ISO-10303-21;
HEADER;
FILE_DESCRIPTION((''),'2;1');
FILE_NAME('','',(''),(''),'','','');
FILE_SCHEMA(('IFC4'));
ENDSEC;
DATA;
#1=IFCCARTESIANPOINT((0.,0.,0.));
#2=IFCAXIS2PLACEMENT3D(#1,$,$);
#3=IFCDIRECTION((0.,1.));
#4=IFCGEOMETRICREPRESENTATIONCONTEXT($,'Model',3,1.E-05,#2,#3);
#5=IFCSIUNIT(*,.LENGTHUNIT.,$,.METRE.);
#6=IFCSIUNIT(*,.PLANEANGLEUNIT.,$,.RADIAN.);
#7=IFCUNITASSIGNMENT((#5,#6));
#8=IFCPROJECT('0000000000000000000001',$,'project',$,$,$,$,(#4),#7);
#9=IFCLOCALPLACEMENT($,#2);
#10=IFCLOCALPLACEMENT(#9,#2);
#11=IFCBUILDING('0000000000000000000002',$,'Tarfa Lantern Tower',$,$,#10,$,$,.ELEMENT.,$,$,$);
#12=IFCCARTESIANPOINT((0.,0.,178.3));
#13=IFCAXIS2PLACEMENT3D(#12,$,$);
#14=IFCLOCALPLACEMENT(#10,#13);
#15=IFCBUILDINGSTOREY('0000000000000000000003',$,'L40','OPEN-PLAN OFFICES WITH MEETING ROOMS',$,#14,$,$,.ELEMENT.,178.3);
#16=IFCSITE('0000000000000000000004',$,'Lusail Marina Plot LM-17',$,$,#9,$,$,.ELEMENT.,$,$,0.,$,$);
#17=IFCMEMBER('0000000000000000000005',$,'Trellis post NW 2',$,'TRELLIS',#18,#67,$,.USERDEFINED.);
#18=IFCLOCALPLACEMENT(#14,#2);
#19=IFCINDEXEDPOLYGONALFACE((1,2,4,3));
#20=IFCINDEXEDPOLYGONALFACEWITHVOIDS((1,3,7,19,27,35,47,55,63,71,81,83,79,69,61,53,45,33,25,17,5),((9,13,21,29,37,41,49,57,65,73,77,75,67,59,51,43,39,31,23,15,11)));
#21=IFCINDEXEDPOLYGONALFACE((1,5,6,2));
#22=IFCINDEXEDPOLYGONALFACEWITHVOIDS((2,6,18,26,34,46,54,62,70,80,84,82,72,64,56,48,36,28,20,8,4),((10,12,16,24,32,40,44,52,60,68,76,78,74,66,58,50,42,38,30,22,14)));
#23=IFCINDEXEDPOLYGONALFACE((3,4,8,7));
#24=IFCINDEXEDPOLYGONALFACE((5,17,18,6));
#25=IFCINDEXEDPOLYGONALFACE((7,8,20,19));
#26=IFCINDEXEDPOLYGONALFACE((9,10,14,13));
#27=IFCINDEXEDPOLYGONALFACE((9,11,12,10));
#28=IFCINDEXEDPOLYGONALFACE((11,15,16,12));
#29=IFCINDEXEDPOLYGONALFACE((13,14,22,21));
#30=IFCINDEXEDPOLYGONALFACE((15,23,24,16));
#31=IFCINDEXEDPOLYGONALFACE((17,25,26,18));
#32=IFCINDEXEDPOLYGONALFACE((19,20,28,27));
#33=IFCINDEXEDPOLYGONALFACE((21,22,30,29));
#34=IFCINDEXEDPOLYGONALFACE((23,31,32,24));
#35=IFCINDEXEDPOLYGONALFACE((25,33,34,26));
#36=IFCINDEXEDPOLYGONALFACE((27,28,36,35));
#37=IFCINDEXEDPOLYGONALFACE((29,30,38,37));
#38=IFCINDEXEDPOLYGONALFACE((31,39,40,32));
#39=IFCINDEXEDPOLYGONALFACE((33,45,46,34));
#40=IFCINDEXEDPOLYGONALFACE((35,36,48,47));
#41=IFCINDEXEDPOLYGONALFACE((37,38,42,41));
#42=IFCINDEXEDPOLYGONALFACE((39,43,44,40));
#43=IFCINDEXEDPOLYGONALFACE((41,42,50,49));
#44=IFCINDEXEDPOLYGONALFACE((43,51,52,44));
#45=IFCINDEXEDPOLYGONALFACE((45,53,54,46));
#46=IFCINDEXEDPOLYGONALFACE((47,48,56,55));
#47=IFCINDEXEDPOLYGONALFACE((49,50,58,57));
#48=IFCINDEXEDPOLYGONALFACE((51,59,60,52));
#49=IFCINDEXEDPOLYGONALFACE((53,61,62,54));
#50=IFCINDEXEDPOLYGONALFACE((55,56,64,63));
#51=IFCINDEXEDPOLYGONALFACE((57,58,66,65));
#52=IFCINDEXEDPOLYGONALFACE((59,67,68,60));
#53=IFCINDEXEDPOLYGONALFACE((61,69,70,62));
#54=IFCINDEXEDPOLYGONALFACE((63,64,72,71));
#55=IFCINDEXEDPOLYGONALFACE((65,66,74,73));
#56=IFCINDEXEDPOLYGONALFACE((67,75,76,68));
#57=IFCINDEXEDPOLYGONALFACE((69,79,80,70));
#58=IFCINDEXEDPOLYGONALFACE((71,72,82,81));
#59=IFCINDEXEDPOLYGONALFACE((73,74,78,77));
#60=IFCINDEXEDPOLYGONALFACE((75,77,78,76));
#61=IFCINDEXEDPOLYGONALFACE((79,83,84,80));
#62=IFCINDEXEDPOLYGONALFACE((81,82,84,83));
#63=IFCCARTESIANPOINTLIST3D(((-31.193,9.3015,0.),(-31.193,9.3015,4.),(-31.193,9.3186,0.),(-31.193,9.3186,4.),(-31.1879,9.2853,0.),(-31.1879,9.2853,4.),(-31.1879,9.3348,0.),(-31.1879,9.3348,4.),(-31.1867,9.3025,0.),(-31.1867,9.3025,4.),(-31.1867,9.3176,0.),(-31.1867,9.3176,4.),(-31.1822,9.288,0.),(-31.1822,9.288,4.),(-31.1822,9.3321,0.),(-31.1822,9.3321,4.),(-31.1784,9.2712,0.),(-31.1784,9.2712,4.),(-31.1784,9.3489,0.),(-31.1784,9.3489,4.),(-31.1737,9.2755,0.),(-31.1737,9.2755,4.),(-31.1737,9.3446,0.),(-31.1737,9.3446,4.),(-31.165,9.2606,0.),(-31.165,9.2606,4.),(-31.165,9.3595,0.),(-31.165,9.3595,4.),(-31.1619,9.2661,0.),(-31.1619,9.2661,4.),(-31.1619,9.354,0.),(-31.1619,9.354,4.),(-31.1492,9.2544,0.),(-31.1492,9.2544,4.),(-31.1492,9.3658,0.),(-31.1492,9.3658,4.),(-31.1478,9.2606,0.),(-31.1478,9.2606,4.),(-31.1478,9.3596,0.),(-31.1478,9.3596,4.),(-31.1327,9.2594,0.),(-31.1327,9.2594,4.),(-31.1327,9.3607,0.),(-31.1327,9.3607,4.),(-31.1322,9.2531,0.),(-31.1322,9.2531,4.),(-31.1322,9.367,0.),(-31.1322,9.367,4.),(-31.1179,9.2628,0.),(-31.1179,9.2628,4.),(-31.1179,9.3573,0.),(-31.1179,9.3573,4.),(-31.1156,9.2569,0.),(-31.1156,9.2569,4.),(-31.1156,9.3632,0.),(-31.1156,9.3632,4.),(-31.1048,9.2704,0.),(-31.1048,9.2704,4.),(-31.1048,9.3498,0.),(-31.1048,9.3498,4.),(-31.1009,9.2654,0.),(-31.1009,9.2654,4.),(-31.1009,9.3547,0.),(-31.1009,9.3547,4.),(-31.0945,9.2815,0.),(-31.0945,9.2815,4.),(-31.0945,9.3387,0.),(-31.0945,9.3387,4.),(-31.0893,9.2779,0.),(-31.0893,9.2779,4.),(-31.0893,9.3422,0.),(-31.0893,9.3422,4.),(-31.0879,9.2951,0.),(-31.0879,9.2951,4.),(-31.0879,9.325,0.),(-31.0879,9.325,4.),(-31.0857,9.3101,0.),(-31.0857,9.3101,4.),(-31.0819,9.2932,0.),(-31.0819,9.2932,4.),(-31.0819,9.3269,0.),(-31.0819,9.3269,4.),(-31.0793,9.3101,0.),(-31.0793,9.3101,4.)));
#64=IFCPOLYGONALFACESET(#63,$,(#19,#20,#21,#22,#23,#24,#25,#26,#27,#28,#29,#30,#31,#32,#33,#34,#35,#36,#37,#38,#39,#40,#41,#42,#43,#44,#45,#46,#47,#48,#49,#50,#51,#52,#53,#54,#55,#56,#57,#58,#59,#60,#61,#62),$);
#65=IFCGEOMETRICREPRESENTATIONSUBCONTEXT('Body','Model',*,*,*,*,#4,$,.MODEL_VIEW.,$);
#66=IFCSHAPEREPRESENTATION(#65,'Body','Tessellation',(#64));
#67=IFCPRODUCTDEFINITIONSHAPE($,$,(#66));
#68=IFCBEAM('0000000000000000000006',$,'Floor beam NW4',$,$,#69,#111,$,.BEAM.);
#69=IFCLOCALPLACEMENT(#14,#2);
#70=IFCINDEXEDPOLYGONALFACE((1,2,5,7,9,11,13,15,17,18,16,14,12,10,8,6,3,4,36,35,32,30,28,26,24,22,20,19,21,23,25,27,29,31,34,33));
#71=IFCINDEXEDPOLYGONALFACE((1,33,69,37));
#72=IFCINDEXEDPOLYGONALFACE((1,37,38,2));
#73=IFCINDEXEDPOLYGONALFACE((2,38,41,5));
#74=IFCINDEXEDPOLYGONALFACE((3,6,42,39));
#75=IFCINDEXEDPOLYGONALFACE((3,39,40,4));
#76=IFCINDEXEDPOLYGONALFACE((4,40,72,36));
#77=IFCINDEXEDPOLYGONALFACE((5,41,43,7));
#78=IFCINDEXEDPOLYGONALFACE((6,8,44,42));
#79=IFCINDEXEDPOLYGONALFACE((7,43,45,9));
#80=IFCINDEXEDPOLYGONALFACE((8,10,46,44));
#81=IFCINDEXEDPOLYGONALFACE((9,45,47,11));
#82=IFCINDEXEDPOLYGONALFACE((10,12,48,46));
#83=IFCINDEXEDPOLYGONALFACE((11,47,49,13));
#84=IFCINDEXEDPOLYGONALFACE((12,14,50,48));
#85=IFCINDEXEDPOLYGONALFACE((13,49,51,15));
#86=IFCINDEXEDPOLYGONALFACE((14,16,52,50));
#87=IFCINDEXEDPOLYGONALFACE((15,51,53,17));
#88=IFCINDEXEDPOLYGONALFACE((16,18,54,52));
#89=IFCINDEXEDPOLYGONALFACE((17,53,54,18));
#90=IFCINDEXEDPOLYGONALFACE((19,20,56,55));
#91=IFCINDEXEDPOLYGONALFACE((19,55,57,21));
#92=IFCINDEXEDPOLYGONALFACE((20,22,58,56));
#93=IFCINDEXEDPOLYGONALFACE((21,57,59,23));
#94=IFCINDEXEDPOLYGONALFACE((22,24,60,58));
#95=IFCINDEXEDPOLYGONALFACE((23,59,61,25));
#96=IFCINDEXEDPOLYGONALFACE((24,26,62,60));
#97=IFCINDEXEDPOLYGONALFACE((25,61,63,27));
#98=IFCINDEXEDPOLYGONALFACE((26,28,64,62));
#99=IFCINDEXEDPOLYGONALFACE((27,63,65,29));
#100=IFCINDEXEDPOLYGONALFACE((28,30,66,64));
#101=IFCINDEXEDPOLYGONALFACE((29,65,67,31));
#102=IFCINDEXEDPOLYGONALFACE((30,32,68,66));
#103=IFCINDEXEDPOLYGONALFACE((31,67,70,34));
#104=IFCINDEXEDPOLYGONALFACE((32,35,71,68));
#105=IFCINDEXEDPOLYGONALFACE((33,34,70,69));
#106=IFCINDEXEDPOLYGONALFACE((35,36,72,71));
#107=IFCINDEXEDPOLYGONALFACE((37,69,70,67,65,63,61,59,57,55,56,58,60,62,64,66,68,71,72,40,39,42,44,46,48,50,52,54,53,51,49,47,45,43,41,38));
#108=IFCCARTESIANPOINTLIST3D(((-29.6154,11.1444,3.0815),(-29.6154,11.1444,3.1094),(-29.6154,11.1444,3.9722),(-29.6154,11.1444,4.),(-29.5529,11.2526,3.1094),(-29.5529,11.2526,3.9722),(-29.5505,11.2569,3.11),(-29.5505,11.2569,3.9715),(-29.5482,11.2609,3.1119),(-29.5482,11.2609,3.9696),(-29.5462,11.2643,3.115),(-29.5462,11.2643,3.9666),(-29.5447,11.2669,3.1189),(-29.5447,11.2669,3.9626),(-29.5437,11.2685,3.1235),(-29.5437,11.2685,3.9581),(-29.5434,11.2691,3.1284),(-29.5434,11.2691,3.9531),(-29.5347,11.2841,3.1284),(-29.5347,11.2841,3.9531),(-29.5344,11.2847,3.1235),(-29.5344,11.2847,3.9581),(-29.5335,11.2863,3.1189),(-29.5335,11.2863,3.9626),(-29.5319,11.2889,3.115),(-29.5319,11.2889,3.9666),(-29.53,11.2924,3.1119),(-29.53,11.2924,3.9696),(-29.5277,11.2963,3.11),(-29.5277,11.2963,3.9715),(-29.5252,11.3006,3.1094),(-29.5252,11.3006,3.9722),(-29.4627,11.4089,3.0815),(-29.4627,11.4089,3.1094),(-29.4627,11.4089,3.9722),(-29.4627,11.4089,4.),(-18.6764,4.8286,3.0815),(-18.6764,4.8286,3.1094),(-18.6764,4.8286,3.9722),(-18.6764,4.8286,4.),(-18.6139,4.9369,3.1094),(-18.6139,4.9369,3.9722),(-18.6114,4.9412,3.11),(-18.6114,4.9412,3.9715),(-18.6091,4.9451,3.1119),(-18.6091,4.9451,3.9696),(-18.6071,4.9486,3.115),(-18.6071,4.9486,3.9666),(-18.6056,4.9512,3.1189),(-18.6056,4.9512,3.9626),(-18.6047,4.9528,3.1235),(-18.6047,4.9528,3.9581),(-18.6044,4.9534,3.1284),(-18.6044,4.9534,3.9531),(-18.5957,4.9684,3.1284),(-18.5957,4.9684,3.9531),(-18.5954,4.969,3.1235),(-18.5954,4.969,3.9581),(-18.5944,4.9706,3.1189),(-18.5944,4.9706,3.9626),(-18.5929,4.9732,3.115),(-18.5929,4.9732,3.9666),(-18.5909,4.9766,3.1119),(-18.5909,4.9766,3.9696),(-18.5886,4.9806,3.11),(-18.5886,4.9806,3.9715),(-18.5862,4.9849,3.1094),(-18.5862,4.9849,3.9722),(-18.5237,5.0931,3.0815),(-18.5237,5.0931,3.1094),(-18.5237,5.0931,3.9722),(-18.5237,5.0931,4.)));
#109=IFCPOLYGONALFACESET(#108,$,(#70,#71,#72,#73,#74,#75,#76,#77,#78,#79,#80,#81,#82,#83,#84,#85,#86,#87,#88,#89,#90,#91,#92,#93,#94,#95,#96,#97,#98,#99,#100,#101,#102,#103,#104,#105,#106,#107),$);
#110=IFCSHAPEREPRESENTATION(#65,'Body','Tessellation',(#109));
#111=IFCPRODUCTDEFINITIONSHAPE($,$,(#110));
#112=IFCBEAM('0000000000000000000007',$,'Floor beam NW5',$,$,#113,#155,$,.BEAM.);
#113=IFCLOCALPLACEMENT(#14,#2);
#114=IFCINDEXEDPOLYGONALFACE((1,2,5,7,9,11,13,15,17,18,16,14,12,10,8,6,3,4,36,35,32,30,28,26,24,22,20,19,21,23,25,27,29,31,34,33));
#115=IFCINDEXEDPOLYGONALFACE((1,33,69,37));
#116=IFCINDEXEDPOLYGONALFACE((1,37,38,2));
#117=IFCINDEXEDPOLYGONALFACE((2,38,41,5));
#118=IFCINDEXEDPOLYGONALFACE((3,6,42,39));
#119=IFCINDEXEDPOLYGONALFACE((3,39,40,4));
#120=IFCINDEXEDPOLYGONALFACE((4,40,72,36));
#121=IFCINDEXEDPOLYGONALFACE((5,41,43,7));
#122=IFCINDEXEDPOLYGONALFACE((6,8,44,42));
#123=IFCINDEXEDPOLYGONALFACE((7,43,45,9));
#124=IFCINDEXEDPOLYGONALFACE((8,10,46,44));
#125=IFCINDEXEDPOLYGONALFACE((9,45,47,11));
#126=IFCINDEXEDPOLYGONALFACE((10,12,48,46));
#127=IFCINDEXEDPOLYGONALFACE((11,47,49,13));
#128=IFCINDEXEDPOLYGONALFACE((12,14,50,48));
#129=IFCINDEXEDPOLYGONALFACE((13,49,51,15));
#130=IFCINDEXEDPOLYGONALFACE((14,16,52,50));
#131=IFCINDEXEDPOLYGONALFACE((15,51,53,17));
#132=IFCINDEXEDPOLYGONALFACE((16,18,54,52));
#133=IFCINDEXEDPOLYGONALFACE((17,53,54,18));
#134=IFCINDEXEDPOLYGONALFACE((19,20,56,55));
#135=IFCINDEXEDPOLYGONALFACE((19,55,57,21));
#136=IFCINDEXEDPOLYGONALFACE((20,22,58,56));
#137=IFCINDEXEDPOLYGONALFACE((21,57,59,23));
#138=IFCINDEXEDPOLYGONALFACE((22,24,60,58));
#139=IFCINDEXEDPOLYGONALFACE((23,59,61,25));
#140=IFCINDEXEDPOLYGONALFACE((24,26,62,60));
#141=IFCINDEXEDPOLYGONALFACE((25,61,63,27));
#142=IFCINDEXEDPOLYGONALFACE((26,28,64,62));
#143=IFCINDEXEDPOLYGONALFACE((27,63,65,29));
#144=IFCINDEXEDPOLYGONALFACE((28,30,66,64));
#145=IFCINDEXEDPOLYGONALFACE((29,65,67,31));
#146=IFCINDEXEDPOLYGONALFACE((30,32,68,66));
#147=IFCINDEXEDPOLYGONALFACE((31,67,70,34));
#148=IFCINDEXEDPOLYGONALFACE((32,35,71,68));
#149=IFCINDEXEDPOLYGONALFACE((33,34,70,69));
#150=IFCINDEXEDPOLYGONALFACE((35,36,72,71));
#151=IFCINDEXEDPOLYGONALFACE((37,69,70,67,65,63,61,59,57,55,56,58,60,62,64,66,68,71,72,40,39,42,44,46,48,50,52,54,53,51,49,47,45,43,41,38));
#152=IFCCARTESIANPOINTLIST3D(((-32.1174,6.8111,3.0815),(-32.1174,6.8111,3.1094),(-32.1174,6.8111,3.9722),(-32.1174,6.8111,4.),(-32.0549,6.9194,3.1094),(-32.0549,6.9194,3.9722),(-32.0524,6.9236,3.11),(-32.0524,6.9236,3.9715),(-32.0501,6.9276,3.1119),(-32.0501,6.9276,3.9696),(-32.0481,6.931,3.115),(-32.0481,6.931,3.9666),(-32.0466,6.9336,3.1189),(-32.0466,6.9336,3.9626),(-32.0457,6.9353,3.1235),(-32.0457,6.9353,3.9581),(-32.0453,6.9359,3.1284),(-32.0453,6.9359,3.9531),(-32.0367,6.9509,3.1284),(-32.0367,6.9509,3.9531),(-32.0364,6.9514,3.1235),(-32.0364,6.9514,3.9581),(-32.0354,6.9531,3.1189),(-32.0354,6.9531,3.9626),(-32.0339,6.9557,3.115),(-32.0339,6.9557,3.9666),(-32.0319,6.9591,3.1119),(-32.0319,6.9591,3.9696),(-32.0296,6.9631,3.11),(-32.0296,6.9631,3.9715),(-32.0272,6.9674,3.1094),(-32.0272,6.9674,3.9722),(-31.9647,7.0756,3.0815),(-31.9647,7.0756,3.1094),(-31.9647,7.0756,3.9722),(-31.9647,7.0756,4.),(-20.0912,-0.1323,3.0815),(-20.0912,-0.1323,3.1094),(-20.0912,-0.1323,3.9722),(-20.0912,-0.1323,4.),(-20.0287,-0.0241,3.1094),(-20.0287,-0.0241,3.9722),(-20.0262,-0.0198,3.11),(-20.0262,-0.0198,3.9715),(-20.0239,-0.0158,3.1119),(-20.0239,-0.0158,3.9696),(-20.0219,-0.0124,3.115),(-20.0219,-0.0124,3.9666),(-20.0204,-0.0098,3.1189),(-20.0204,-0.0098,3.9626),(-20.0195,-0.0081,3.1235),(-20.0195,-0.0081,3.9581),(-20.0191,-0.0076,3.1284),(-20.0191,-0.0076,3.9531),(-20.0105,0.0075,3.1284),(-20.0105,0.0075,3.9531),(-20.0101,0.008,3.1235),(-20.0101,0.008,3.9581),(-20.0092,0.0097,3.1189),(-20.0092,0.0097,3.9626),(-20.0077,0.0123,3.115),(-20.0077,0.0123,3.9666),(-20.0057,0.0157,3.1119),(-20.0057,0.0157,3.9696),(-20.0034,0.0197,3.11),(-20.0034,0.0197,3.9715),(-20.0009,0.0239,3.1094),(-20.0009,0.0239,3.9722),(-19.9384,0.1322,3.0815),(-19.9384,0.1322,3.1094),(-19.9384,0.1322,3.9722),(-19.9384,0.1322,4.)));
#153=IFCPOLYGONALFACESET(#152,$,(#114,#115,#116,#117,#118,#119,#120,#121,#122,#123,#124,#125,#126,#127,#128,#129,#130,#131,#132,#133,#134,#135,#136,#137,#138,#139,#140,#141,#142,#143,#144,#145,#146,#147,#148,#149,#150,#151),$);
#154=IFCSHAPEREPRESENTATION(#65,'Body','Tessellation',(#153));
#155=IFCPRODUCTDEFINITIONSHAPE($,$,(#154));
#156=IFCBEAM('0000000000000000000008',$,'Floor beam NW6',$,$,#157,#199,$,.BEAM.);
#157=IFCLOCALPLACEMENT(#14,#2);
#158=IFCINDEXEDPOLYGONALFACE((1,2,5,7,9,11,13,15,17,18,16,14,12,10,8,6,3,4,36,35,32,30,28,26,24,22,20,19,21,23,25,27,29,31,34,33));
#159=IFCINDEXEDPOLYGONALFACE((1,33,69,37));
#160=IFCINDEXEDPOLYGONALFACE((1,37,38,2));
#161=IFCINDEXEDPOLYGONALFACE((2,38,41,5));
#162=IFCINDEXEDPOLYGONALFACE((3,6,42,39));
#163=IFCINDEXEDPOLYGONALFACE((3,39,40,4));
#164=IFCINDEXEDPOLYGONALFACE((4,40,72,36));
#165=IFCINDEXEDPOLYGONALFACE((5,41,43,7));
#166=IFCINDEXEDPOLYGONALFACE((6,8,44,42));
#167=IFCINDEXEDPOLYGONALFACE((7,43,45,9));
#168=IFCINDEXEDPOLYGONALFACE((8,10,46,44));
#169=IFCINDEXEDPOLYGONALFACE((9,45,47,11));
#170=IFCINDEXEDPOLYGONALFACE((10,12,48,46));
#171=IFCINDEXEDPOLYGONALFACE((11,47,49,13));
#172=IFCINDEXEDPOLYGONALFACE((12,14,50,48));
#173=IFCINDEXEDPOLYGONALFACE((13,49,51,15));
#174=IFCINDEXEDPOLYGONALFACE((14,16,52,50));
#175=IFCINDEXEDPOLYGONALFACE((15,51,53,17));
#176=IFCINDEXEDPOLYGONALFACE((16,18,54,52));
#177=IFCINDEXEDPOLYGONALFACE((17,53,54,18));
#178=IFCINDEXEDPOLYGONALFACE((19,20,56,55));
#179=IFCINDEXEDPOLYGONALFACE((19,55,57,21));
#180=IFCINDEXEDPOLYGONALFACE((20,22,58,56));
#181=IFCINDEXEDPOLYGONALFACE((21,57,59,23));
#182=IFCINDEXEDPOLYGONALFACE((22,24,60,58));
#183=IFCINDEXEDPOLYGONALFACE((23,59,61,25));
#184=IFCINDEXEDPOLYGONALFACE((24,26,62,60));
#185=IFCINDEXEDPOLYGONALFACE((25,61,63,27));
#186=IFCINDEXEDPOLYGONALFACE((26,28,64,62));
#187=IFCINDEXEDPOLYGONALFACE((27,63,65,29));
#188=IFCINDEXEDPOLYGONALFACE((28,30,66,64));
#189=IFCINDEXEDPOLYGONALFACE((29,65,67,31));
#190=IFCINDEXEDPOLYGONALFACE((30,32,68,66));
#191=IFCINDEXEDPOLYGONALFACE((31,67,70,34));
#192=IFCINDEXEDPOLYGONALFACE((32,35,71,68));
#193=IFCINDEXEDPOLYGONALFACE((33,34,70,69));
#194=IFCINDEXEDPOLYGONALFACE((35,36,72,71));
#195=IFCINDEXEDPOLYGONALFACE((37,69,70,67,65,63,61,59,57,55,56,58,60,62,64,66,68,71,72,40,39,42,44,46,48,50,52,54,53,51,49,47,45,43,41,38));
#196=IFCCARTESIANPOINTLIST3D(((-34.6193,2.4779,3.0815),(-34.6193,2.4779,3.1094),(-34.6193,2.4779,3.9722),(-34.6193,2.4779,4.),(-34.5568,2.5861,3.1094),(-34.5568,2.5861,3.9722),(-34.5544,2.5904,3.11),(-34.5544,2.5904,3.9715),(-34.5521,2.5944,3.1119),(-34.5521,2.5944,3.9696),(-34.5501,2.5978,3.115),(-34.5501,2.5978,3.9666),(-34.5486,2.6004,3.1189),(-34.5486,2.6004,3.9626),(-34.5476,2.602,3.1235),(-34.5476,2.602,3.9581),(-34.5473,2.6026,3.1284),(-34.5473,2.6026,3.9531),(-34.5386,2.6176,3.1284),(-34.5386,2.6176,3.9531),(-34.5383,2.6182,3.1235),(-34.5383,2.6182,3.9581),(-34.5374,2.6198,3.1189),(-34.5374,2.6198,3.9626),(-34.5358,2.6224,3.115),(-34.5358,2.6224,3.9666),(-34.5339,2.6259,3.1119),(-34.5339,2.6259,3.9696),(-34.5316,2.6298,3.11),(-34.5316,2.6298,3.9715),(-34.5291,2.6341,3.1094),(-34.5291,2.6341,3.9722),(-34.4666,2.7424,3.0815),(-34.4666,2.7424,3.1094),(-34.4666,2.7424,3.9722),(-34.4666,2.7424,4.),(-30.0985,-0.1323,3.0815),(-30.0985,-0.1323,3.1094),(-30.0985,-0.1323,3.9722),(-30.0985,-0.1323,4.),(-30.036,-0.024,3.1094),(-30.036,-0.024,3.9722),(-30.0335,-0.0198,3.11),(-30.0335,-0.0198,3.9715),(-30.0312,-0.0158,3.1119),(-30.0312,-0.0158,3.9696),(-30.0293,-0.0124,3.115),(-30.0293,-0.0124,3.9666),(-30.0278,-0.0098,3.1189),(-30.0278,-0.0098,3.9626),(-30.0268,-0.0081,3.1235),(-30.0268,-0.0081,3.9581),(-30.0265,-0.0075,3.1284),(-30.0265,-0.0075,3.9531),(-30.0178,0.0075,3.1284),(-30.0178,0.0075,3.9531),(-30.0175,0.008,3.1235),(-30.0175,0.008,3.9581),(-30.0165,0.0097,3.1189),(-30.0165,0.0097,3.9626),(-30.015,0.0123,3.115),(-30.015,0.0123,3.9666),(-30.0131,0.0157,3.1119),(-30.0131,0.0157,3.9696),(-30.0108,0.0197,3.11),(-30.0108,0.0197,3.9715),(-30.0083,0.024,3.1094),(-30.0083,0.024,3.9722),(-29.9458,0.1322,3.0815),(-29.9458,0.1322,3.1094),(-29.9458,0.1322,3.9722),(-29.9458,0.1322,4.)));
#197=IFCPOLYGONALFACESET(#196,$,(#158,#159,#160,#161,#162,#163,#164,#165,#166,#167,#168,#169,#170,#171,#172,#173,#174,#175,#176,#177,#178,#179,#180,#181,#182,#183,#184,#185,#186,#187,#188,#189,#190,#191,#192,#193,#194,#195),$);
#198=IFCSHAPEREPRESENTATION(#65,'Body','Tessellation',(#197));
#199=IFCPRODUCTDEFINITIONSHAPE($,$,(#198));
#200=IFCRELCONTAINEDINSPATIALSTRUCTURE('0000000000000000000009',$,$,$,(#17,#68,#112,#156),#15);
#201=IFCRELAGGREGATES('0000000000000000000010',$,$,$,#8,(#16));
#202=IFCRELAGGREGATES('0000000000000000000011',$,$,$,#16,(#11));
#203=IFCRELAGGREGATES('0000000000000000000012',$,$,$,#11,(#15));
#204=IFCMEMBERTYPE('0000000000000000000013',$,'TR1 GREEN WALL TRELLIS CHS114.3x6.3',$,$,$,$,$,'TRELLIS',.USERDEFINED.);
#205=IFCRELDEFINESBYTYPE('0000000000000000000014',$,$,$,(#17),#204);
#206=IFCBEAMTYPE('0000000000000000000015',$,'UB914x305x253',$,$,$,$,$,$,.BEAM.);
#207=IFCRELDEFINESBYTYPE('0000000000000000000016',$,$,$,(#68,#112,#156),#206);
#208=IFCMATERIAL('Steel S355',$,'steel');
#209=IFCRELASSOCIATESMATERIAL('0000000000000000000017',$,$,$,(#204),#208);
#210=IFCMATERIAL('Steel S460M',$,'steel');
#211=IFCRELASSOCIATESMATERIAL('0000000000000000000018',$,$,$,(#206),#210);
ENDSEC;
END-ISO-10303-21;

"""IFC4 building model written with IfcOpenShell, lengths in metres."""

from ifc_helpers import new_model, si_unit, direction, frame, origin, origin_2d, place, context, subcontext, project, spatial, hollow_circle, i_section, extrude, material, material_profile, profile_set, type_object, element, save


model = new_model("IFC4")

# Units and contexts
model_context = context("Model", 3, precision=1e-05, world=origin(), true_north=direction((0.0, 1.0)))
body_context = subcontext(model_context, "Body", "Model", "MODEL_VIEW")
ifc_project = project(units=[si_unit("LENGTHUNIT", "METRE"), si_unit("PLANEANGLEUNIT", "RADIAN")], contexts=[model_context])

# Site, building, storey
site_placement = place(None, origin())
site = spatial("IfcSite", under=ifc_project, at=site_placement, Name="Lusail Marina Plot LM-17", CompositionType="ELEMENT", RefElevation=0.0)
building_placement = place(site_placement, origin())
building = spatial("IfcBuilding", under=site, at=building_placement, Name="Tarfa Lantern Tower", CompositionType="ELEMENT")
storey_placement = place(building_placement, frame((0.0, 0.0, 178.3)))
storey = spatial("IfcBuildingStorey", under=building, at=storey_placement, Name="L40", Description="OPEN-PLAN OFFICES WITH MEETING ROOMS", CompositionType="ELEMENT", Elevation=178.3)

# Member
ifc_material_1 = material(Name="Steel S355", Category="steel")
ifc_material_profile_1 = material_profile(ifc_material_1, hollow_circle(Radius=0.0571, WallThickness=0.0063, at=origin_2d()), Name="CHS114.3x6.3")
ifc_profile_set_1 = profile_set([ifc_material_profile_1], Name="Steel S355")
member_type_1 = type_object("IfcMemberType", Name="TR1 GREEN WALL TRELLIS CHS114.3x6.3", ElementType="TRELLIS", PredefinedType="USERDEFINED", material=ifc_profile_set_1)
member_1_placement = place(storey_placement, frame((-31.1365, 9.3101, 0.0), z_axis=(0.0, 0.0, 1.0), x_axis=(1.0, 0.0, 0.0)))
element("IfcMember", 1, at=member_1_placement, inside=storey, type_object=member_type_1, Name="Trellis post NW 2", ObjectType="TRELLIS", PredefinedType="USERDEFINED", context=body_context, shape_type="SweptSolid", body=[
    extrude(hollow_circle(Radius=0.0571, WallThickness=0.0063, at=origin_2d()), origin(), (0.0, 0.0, 1.0), 4.0),
])

# Beams
ifc_material_2 = material(Name="Steel S460M", Category="steel")
ifc_material_profile_2 = material_profile(ifc_material_2, i_section(OverallWidth=0.3054, OverallDepth=0.9185, WebThickness=0.0173, FlangeThickness=0.0278, FilletRadius=0.019, at=origin_2d()), Name="UB914x305x253")
ifc_profile_set_2 = profile_set([ifc_material_profile_2], Name="Steel S460M")
beam_type_1 = type_object("IfcBeamType", Name="UB914x305x253", PredefinedType="BEAM", material=ifc_profile_set_2)
beam_1_placement = place(storey_placement, frame((-29.5391, 11.2766, 3.5408), z_axis=(0.866023, -0.500004, 0.0), x_axis=(0.500004, 0.866023, 0.0)))
element("IfcBeam", 2, at=beam_1_placement, inside=storey, type_object=beam_type_1, Name="Floor beam NW4", PredefinedType="BEAM", context=body_context, shape_type="SweptSolid", body=[
    extrude(i_section(OverallWidth=0.3054, OverallDepth=0.9185, WebThickness=0.0173, FlangeThickness=0.0278, FilletRadius=0.019, at=origin_2d()), origin(), (0.0, 0.0, 1.0), 12.6313),
])
beam_2_placement = place(storey_placement, frame((-32.041, 6.9434, 3.5408), z_axis=(0.866023, -0.500004, 0.0), x_axis=(0.500004, 0.866023, 0.0)))
element("IfcBeam", 3, at=beam_2_placement, inside=storey, type_object=beam_type_1, Name="Floor beam NW5", PredefinedType="BEAM", context=body_context, shape_type="SweptSolid", body=[
    extrude(i_section(OverallWidth=0.3054, OverallDepth=0.9185, WebThickness=0.0173, FlangeThickness=0.0278, FilletRadius=0.019, at=origin_2d()), origin(), (0.0, 0.0, 1.0), 13.8867),
])
beam_3_placement = place(storey_placement, frame((-34.543, 2.6101, 3.5408), z_axis=(0.866021, -0.500007, 0.0), x_axis=(0.500007, 0.866021, 0.0)))
element("IfcBeam", 4, at=beam_3_placement, inside=storey, type_object=beam_type_1, Name="Floor beam NW6", PredefinedType="BEAM", context=body_context, shape_type="SweptSolid", body=[
    extrude(i_section(OverallWidth=0.3054, OverallDepth=0.9185, WebThickness=0.0173, FlangeThickness=0.0278, FilletRadius=0.019, at=origin_2d()), origin(), (0.0, 0.0, 1.0), 5.2202),
])

save(model, "model.ifc")
